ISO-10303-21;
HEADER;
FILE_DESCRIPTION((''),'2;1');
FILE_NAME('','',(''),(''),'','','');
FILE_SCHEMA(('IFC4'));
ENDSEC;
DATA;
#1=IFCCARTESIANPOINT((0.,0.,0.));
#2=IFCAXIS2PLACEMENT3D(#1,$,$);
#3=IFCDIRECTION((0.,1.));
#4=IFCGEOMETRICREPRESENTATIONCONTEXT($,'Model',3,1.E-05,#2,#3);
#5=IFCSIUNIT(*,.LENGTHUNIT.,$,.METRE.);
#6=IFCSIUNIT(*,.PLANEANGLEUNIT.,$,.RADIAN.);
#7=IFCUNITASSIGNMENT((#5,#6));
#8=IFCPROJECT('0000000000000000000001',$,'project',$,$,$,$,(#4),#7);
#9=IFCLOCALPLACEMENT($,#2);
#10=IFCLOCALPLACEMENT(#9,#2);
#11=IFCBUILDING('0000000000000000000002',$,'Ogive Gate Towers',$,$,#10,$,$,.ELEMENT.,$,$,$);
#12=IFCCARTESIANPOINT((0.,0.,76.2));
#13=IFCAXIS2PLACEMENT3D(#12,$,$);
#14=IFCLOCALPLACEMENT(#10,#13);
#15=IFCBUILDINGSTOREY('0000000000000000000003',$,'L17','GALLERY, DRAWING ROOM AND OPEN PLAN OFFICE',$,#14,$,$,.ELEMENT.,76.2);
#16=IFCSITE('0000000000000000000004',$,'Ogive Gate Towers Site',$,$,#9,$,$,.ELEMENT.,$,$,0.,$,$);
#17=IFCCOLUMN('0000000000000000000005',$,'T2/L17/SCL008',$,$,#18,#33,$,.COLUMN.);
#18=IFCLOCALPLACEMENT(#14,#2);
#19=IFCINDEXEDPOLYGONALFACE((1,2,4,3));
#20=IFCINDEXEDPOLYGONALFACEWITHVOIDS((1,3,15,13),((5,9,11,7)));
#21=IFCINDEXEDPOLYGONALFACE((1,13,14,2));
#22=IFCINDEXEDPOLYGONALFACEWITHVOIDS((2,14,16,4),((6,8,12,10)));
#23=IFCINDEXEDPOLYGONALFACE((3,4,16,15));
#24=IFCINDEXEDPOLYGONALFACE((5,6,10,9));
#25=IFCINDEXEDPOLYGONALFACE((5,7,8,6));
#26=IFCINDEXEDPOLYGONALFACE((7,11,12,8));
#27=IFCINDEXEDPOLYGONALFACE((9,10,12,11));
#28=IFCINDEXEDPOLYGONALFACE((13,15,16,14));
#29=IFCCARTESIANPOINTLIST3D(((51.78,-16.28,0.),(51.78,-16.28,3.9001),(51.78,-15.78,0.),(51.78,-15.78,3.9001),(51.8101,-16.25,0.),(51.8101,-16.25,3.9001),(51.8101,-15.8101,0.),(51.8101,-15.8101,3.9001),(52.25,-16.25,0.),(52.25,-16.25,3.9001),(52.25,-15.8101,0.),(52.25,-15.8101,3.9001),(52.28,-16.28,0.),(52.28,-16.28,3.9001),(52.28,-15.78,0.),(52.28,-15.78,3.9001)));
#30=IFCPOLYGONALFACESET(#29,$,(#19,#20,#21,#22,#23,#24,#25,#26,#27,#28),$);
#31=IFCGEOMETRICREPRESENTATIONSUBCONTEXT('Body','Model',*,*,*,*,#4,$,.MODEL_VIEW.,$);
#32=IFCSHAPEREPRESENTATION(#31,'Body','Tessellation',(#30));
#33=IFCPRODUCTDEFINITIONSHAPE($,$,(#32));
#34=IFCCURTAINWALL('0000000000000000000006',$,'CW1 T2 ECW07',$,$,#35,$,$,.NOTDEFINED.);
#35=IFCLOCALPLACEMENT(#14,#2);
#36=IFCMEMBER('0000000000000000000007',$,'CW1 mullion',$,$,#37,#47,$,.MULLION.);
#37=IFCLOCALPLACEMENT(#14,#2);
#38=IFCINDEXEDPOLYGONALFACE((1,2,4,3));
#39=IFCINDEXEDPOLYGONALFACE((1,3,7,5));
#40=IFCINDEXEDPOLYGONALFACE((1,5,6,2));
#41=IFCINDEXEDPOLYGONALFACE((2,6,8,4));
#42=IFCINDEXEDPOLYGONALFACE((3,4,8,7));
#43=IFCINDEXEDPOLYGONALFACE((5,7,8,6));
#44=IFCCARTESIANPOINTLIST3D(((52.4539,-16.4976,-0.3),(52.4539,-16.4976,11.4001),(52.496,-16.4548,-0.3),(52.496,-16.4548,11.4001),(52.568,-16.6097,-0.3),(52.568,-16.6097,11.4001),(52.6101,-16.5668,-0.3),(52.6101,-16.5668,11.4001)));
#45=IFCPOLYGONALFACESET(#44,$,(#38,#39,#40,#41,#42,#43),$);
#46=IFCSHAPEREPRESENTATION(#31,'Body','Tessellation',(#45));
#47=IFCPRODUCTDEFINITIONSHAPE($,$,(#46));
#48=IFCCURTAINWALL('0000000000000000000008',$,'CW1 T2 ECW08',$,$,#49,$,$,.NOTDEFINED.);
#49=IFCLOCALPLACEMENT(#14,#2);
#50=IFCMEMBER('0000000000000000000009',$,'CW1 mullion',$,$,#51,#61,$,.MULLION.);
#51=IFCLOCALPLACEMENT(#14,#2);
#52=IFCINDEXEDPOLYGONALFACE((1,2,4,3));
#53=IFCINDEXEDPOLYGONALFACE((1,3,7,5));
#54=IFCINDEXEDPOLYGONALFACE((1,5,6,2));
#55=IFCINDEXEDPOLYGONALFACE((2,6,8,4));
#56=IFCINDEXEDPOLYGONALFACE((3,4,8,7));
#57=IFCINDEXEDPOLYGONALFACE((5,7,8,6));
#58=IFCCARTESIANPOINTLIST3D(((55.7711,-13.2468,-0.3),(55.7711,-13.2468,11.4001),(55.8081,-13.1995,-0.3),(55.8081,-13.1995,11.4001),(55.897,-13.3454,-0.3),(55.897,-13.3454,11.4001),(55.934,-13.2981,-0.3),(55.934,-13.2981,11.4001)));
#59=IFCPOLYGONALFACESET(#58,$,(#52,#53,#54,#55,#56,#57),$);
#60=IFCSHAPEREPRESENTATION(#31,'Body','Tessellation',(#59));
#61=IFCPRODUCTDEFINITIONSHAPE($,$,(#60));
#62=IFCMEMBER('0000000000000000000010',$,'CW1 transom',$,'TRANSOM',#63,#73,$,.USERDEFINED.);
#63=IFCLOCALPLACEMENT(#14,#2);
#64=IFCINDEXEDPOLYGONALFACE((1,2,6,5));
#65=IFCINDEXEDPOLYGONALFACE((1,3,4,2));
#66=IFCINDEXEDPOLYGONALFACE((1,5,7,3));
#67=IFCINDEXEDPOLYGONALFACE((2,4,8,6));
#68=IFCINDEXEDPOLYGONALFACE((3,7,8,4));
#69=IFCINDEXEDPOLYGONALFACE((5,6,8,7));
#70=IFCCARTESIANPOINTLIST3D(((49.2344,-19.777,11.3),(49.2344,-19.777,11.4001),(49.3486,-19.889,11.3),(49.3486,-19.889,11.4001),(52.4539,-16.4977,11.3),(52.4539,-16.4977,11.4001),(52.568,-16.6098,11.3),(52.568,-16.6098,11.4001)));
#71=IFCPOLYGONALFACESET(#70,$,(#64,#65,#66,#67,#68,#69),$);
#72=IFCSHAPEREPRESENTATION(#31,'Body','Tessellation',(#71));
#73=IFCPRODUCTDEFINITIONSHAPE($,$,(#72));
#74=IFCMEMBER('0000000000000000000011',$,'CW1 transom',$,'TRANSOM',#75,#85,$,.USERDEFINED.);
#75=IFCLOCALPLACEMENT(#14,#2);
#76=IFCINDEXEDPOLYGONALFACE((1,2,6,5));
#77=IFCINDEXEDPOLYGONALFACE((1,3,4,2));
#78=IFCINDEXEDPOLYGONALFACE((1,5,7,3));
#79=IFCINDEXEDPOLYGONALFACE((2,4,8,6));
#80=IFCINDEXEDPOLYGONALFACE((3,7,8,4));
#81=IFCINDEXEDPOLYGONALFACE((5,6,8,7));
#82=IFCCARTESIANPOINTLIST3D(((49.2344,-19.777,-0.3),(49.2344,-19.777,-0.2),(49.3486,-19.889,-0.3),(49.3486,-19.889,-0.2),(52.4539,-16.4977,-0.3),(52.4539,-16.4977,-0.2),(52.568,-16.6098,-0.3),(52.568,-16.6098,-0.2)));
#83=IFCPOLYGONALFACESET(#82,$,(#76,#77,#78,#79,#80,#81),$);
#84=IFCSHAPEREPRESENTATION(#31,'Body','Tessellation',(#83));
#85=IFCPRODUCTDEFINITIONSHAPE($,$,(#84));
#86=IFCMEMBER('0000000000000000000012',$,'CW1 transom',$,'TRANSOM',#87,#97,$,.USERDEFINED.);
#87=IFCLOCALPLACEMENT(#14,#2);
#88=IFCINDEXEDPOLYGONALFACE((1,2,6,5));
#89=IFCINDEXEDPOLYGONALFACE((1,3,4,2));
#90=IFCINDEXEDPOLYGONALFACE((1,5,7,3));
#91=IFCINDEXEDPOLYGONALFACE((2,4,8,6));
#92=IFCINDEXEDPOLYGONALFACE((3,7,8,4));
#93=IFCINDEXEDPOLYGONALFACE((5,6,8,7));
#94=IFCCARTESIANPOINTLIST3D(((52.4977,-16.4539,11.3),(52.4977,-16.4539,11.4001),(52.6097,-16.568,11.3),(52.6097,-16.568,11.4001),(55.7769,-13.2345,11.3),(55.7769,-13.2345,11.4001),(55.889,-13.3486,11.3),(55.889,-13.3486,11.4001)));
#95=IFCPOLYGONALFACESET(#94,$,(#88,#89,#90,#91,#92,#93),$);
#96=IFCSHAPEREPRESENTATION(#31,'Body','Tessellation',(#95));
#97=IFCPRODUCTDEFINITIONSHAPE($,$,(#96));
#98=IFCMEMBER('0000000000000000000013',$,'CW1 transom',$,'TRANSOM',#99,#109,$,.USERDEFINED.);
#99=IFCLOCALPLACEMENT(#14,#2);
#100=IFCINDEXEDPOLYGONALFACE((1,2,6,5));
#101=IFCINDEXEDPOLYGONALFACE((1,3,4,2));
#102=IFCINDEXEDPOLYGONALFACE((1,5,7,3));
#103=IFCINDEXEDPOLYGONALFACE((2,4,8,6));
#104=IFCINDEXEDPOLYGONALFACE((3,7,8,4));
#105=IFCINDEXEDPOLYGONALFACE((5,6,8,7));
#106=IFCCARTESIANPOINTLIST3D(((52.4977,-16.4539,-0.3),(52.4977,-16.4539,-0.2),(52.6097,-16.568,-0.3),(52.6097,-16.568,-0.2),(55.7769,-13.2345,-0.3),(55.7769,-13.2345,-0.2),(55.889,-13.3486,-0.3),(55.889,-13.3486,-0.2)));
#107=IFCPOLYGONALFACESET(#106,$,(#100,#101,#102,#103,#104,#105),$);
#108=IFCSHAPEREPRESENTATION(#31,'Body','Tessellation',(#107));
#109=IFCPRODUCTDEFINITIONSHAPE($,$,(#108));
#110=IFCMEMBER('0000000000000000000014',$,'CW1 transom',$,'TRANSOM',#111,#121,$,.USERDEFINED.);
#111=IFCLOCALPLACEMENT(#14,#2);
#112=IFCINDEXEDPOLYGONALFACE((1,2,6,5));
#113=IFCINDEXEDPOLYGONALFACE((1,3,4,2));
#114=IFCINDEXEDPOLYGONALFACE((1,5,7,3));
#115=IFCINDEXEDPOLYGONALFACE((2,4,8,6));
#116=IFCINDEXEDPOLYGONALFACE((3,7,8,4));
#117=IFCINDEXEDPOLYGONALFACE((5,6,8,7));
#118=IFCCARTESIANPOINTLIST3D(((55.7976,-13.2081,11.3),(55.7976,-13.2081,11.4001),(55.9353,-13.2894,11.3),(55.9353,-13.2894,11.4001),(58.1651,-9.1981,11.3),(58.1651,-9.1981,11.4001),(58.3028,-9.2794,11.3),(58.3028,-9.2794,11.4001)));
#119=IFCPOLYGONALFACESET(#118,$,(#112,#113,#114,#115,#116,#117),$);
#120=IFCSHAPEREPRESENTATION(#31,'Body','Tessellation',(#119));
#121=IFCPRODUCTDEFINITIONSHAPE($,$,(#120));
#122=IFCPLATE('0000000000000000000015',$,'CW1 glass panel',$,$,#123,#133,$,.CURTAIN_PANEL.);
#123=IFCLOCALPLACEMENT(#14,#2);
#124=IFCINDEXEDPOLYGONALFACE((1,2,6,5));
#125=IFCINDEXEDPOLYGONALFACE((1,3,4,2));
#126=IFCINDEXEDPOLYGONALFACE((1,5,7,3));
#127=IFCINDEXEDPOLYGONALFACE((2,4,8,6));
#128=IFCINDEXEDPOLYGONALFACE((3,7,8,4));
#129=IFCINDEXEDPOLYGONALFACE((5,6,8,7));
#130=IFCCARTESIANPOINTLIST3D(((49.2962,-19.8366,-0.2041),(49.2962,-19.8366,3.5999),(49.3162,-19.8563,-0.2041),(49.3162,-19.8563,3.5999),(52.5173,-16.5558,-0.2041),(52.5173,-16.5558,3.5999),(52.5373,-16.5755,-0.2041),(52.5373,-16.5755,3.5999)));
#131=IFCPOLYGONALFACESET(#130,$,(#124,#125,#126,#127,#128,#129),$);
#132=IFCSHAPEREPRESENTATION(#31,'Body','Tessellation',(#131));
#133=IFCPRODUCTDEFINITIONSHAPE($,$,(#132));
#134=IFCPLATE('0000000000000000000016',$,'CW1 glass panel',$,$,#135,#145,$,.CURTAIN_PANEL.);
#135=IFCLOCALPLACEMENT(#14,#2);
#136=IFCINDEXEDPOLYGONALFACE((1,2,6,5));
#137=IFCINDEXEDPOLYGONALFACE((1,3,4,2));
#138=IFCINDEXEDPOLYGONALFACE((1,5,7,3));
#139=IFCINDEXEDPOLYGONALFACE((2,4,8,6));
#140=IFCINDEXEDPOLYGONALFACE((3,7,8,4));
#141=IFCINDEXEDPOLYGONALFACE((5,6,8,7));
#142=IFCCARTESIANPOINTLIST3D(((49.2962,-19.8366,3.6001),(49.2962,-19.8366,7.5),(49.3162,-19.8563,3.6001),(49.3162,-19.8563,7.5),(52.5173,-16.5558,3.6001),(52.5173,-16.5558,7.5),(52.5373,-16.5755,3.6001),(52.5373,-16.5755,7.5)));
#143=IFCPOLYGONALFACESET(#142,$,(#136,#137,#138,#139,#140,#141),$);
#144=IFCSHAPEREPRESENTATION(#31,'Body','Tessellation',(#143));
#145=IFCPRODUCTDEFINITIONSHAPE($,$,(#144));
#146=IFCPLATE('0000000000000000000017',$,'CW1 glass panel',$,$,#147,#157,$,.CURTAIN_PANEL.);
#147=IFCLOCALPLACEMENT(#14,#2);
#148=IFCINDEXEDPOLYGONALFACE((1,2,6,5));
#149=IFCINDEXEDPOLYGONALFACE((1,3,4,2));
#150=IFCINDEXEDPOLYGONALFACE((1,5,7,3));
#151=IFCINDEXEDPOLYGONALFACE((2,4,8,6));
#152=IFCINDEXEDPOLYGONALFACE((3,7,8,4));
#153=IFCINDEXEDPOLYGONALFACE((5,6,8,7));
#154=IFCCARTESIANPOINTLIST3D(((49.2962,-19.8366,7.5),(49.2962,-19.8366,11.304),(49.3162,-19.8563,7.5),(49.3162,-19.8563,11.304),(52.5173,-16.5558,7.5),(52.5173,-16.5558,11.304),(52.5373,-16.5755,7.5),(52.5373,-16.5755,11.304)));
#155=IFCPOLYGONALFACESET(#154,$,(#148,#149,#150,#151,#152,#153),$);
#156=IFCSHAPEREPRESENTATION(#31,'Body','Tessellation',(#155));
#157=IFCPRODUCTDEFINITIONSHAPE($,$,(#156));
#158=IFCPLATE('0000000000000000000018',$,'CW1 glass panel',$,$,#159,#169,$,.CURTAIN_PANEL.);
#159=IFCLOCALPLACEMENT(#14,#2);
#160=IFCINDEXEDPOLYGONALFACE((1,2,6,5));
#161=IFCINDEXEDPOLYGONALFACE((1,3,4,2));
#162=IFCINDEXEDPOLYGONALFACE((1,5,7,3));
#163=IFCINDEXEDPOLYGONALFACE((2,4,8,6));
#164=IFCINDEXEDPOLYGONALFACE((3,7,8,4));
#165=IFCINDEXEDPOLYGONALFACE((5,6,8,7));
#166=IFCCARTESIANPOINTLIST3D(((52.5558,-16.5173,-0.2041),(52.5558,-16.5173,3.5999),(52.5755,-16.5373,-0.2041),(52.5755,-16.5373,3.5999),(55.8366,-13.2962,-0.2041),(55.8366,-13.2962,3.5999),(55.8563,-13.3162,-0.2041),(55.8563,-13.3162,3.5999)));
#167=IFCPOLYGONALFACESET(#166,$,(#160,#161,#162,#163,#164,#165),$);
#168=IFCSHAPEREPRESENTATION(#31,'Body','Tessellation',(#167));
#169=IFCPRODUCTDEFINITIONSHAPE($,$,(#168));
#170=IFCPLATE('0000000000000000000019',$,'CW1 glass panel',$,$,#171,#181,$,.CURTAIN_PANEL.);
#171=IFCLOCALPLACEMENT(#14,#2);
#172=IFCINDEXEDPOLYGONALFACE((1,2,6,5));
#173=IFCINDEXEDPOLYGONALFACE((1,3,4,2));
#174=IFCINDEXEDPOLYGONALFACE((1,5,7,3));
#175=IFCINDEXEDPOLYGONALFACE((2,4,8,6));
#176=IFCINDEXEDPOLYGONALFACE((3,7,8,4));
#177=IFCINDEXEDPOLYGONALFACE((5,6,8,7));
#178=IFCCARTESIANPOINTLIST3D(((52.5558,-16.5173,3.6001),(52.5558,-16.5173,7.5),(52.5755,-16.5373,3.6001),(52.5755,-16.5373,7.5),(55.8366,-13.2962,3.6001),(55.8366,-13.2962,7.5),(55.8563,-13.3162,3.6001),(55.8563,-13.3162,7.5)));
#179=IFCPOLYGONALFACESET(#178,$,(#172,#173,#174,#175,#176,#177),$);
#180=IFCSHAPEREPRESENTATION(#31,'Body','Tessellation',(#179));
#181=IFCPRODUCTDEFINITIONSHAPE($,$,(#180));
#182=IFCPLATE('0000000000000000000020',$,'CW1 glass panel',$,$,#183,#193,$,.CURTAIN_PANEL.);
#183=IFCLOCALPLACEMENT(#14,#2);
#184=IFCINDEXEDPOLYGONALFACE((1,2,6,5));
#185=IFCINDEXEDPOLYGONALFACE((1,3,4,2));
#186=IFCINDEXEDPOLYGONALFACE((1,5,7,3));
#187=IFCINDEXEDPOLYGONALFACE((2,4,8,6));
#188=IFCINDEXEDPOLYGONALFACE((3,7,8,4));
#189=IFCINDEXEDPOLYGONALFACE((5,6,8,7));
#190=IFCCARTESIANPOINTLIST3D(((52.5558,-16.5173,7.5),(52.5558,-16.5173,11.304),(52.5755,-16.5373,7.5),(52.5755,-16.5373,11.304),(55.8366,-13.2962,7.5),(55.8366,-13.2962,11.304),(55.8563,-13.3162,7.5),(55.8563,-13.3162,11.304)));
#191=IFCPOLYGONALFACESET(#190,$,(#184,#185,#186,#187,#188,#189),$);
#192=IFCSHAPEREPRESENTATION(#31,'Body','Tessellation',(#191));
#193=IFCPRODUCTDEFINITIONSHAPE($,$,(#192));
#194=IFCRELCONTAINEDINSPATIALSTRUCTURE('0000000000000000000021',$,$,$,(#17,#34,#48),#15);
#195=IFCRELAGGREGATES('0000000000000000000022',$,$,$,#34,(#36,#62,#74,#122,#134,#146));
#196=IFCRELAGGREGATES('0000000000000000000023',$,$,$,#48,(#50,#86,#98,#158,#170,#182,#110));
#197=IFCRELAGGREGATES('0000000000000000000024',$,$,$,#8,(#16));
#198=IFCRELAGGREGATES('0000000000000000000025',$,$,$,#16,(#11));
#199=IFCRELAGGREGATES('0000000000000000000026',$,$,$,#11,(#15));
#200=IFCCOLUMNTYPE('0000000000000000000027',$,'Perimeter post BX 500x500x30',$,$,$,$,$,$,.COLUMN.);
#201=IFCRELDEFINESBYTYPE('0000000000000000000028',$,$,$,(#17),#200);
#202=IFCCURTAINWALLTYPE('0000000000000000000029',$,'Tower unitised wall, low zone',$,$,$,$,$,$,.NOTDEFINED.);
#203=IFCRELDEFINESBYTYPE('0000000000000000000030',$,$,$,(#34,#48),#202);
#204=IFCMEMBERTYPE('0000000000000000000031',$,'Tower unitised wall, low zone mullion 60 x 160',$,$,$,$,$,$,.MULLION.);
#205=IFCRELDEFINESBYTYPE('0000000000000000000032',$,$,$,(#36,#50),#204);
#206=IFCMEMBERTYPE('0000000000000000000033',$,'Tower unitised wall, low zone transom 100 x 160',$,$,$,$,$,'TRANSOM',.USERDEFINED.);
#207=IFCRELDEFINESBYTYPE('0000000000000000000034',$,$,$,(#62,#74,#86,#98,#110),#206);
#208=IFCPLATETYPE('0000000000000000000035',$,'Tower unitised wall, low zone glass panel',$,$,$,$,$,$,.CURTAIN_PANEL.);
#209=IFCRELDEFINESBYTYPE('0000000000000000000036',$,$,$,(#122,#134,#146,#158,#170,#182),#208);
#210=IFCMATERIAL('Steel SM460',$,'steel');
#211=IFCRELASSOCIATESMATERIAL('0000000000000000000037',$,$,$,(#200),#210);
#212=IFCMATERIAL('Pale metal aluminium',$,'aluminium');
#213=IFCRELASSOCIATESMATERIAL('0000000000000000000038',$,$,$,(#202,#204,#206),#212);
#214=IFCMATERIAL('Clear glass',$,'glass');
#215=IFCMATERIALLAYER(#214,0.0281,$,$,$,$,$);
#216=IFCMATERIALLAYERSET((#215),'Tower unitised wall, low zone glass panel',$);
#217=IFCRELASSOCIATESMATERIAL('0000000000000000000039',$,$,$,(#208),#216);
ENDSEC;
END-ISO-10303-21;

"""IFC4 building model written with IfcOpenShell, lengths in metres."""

from ifc_helpers import new_model, si_unit, direction, frame, origin, origin_2d, place, context, subcontext, project, spatial, rectangle, hollow_rectangle, extrude, material, layer, layer_set, material_profile, profile_set, type_object, element, aggregate, save


model = new_model("IFC4")

# Units and contexts
model_context = context("Model", 3, precision=1e-05, world=origin(), true_north=direction((0.0, 1.0)))
body_context = subcontext(model_context, "Body", "Model", "MODEL_VIEW")
ifc_project = project(units=[si_unit("LENGTHUNIT", "METRE"), si_unit("PLANEANGLEUNIT", "RADIAN")], contexts=[model_context])

# Site, building, storey
site_placement = place(None, origin())
site = spatial("IfcSite", under=ifc_project, at=site_placement, Name="Ogive Gate Towers Site", CompositionType="ELEMENT", RefElevation=0.0)
building_placement = place(site_placement, origin())
building = spatial("IfcBuilding", under=site, at=building_placement, Name="Ogive Gate Towers", CompositionType="ELEMENT")
storey_placement = place(building_placement, frame((0.0, 0.0, 76.2)))
storey = spatial("IfcBuildingStorey", under=building, at=storey_placement, Name="L17", Description="GALLERY, DRAWING ROOM AND OPEN PLAN OFFICE", CompositionType="ELEMENT", Elevation=76.2)

# Column
ifc_material_1 = material(Name="Steel SM460", Category="steel")
ifc_material_profile_1 = material_profile(ifc_material_1, hollow_rectangle(XDim=0.5, YDim=0.5, WallThickness=0.03, at=origin_2d()), Name="BX 500x500x30")
ifc_profile_set_1 = profile_set([ifc_material_profile_1], Name="Steel SM460")
column_type = type_object("IfcColumnType", Name="Perimeter post BX 500x500x30", PredefinedType="COLUMN", material=ifc_profile_set_1)
column_placement = place(storey_placement, frame((52.03, -16.03, 0.0), z_axis=(0.0, 0.0, 1.0), x_axis=(1.0, 0.0, 0.0)))
element("IfcColumn", 1, at=column_placement, inside=storey, type_object=column_type, Name="T2/L17/SCL008", PredefinedType="COLUMN", context=body_context, shape_type="SweptSolid", body=[
    extrude(hollow_rectangle(XDim=0.5, YDim=0.5, WallThickness=0.03, at=origin_2d()), origin(), (0.0, 0.0, 1.0), 3.9001),
])

# Curtain walls, members
ifc_material_2 = material(Name="Pale metal aluminium", Category="aluminium")
curtain_wall_type = type_object("IfcCurtainWallType", Name="Tower unitised wall, low zone", PredefinedType="NOTDEFINED", material=ifc_material_2)
curtain_wall_1_placement = place(storey_placement, origin())
curtain_wall_1 = element("IfcCurtainWall", 2, at=curtain_wall_1_placement, inside=storey, type_object=curtain_wall_type, Name="CW1 T2 ECW07", PredefinedType="NOTDEFINED")
ifc_material_profile_2 = material_profile(ifc_material_2, rectangle(XDim=0.1599, YDim=0.0601, at=origin_2d()), Name="60 x 160 aluminium box")
ifc_profile_set_2 = profile_set([ifc_material_profile_2], Name="Pale metal aluminium")
member_type_1 = type_object("IfcMemberType", Name="Tower unitised wall, low zone mullion 60 x 160", PredefinedType="MULLION", material=ifc_profile_set_2)
member_1_placement = place(storey_placement, frame((52.532, -16.5322, -0.3), z_axis=(0.0, 0.0, 1.0), x_axis=(0.713568, -0.700586, 0.0)))
member_1 = element("IfcMember", 3, at=member_1_placement, type_object=member_type_1, Name="CW1 mullion", PredefinedType="MULLION", context=body_context, shape_type="SweptSolid", body=[
    extrude(rectangle(XDim=0.1599, YDim=0.0601, at=origin_2d()), origin(), (0.0, 0.0, 1.0), 11.7002),
])
curtain_wall_2_placement = place(storey_placement, origin())
curtain_wall_2 = element("IfcCurtainWall", 4, at=curtain_wall_2_placement, inside=storey, type_object=curtain_wall_type, Name="CW1 T2 ECW08", PredefinedType="NOTDEFINED")
member_2_placement = place(storey_placement, frame((55.8525, -13.2725, -0.3), z_axis=(0.0, 0.0, 1.0), x_axis=(0.787559, -0.616239, 0.0)))
member_2 = element("IfcMember", 5, at=member_2_placement, type_object=member_type_1, Name="CW1 mullion", PredefinedType="MULLION", context=body_context, shape_type="SweptSolid", body=[
    extrude(rectangle(XDim=0.1599, YDim=0.0601, at=origin_2d()), origin(), (0.0, 0.0, 1.0), 11.7002),
])

# Members
ifc_material_profile_3 = material_profile(ifc_material_2, rectangle(XDim=0.1599, YDim=0.1001, at=origin_2d()), Name="100 x 160 aluminium box")
ifc_profile_set_3 = profile_set([ifc_material_profile_3], Name="Pale metal aluminium")
member_type_2 = type_object("IfcMemberType", Name="Tower unitised wall, low zone transom 100 x 160", ElementType="TRANSOM", PredefinedType="USERDEFINED", material=ifc_profile_set_3)
member_3_placement = place(storey_placement, frame((49.2915, -19.833, 11.3501), z_axis=(0.700569, 0.713585, 0.0), x_axis=(-0.713585, 0.700569, 0.0)))
member_3 = element("IfcMember", 6, at=member_3_placement, type_object=member_type_2, Name="CW1 transom", ObjectType="TRANSOM", PredefinedType="USERDEFINED", context=body_context, shape_type="SweptSolid", body=[
    extrude(rectangle(XDim=0.1599, YDim=0.1001, at=origin_2d()), origin(), (0.0, 0.0, 1.0), 4.5955),
])
member_4_placement = place(storey_placement, frame((49.2915, -19.833, -0.25), z_axis=(0.700569, 0.713585, 0.0), x_axis=(-0.713585, 0.700569, 0.0)))
member_4 = element("IfcMember", 7, at=member_4_placement, type_object=member_type_2, Name="CW1 transom", ObjectType="TRANSOM", PredefinedType="USERDEFINED", context=body_context, shape_type="SweptSolid", body=[
    extrude(rectangle(XDim=0.1599, YDim=0.1001, at=origin_2d()), origin(), (0.0, 0.0, 1.0), 4.5955),
])
member_5_placement = place(storey_placement, frame((52.5537, -16.511, 11.3501), z_axis=(0.713585, 0.700569, 0.0), x_axis=(-0.700569, 0.713585, 0.0)))
member_5 = element("IfcMember", 8, at=member_5_placement, type_object=member_type_2, Name="CW1 transom", ObjectType="TRANSOM", PredefinedType="USERDEFINED", context=body_context, shape_type="SweptSolid", body=[
    extrude(rectangle(XDim=0.1599, YDim=0.1001, at=origin_2d()), origin(), (0.0, 0.0, 1.0), 4.5955),
])
member_6_placement = place(storey_placement, frame((52.5537, -16.511, -0.25), z_axis=(0.713585, 0.700569, 0.0), x_axis=(-0.700569, 0.713585, 0.0)))
member_6 = element("IfcMember", 9, at=member_6_placement, type_object=member_type_2, Name="CW1 transom", ObjectType="TRANSOM", PredefinedType="USERDEFINED", context=body_context, shape_type="SweptSolid", body=[
    extrude(rectangle(XDim=0.1599, YDim=0.1001, at=origin_2d()), origin(), (0.0, 0.0, 1.0), 4.5955),
])
member_7_placement = place(storey_placement, frame((55.8665, -13.2488, 11.3501), z_axis=(0.508392, 0.861126, 0.0), x_axis=(-0.861126, 0.508392, 0.0)))
member_7 = element("IfcMember", 10, at=member_7_placement, type_object=member_type_2, Name="CW1 transom", ObjectType="TRANSOM", PredefinedType="USERDEFINED", context=body_context, shape_type="SweptSolid", body=[
    extrude(rectangle(XDim=0.1599, YDim=0.1001, at=origin_2d()), origin(), (0.0, 0.0, 1.0), 4.6567),
])

# Plates
ifc_material_3 = material(Name="Clear glass", Category="glass")
ifc_layer_1 = layer(ifc_material_3, 0.0281)
ifc_layer_set_1 = layer_set([ifc_layer_1], Name="Tower unitised wall, low zone glass panel")
plate_type = type_object("IfcPlateType", Name="Tower unitised wall, low zone glass panel", PredefinedType="CURTAIN_PANEL", material=ifc_layer_set_1)
plate_1_placement = place(storey_placement, frame((50.9167, -18.2061, -0.2041), z_axis=(0.0, 0.0, 1.0), x_axis=(0.700586, 0.713568, 0.0)))
plate_1 = element("IfcPlate", 11, at=plate_1_placement, type_object=plate_type, Name="CW1 glass panel", PredefinedType="CURTAIN_PANEL", context=body_context, shape_type="SweptSolid", body=[
    extrude(rectangle(XDim=4.5977, YDim=0.0281, at=origin_2d()), origin(), (0.0, 0.0, 1.0), 3.804),
])
plate_2_placement = place(storey_placement, frame((50.9167, -18.2061, 3.6001), z_axis=(0.0, 0.0, 1.0), x_axis=(0.700586, 0.713568, 0.0)))
plate_2 = element("IfcPlate", 12, at=plate_2_placement, type_object=plate_type, Name="CW1 glass panel", PredefinedType="CURTAIN_PANEL", context=body_context, shape_type="SweptSolid", body=[
    extrude(rectangle(XDim=4.5977, YDim=0.0281, at=origin_2d()), origin(), (0.0, 0.0, 1.0), 3.8999),
])
plate_3_placement = place(storey_placement, frame((50.9167, -18.2061, 7.5), z_axis=(0.0, 0.0, 1.0), x_axis=(0.700586, 0.713568, 0.0)))
plate_3 = element("IfcPlate", 13, at=plate_3_placement, type_object=plate_type, Name="CW1 glass panel", PredefinedType="CURTAIN_PANEL", context=body_context, shape_type="SweptSolid", body=[
    extrude(rectangle(XDim=4.5977, YDim=0.0281, at=origin_2d()), origin(), (0.0, 0.0, 1.0), 3.804),
])
aggregate(curtain_wall_1, [member_1, member_3, member_4, plate_1, plate_2, plate_3])
plate_4_placement = place(storey_placement, frame((54.2061, -14.9167, -0.2041), z_axis=(0.0, 0.0, 1.0), x_axis=(0.713568, 0.700586, 0.0)))
plate_4 = element("IfcPlate", 14, at=plate_4_placement, type_object=plate_type, Name="CW1 glass panel", PredefinedType="CURTAIN_PANEL", context=body_context, shape_type="SweptSolid", body=[
    extrude(rectangle(XDim=4.5977, YDim=0.0281, at=origin_2d()), origin(), (0.0, 0.0, 1.0), 3.804),
])
plate_5_placement = place(storey_placement, frame((54.2061, -14.9167, 3.6001), z_axis=(0.0, 0.0, 1.0), x_axis=(0.713568, 0.700586, 0.0)))
plate_5 = element("IfcPlate", 15, at=plate_5_placement, type_object=plate_type, Name="CW1 glass panel", PredefinedType="CURTAIN_PANEL", context=body_context, shape_type="SweptSolid", body=[
    extrude(rectangle(XDim=4.5977, YDim=0.0281, at=origin_2d()), origin(), (0.0, 0.0, 1.0), 3.8999),
])
plate_6_placement = place(storey_placement, frame((54.2061, -14.9167, 7.5), z_axis=(0.0, 0.0, 1.0), x_axis=(0.713568, 0.700586, 0.0)))
plate_6 = element("IfcPlate", 16, at=plate_6_placement, type_object=plate_type, Name="CW1 glass panel", PredefinedType="CURTAIN_PANEL", context=body_context, shape_type="SweptSolid", body=[
    extrude(rectangle(XDim=4.5977, YDim=0.0281, at=origin_2d()), origin(), (0.0, 0.0, 1.0), 3.804),
])
aggregate(curtain_wall_2, [member_2, member_5, member_6, plate_4, plate_5, plate_6, member_7])

save(model, "model.ifc")
